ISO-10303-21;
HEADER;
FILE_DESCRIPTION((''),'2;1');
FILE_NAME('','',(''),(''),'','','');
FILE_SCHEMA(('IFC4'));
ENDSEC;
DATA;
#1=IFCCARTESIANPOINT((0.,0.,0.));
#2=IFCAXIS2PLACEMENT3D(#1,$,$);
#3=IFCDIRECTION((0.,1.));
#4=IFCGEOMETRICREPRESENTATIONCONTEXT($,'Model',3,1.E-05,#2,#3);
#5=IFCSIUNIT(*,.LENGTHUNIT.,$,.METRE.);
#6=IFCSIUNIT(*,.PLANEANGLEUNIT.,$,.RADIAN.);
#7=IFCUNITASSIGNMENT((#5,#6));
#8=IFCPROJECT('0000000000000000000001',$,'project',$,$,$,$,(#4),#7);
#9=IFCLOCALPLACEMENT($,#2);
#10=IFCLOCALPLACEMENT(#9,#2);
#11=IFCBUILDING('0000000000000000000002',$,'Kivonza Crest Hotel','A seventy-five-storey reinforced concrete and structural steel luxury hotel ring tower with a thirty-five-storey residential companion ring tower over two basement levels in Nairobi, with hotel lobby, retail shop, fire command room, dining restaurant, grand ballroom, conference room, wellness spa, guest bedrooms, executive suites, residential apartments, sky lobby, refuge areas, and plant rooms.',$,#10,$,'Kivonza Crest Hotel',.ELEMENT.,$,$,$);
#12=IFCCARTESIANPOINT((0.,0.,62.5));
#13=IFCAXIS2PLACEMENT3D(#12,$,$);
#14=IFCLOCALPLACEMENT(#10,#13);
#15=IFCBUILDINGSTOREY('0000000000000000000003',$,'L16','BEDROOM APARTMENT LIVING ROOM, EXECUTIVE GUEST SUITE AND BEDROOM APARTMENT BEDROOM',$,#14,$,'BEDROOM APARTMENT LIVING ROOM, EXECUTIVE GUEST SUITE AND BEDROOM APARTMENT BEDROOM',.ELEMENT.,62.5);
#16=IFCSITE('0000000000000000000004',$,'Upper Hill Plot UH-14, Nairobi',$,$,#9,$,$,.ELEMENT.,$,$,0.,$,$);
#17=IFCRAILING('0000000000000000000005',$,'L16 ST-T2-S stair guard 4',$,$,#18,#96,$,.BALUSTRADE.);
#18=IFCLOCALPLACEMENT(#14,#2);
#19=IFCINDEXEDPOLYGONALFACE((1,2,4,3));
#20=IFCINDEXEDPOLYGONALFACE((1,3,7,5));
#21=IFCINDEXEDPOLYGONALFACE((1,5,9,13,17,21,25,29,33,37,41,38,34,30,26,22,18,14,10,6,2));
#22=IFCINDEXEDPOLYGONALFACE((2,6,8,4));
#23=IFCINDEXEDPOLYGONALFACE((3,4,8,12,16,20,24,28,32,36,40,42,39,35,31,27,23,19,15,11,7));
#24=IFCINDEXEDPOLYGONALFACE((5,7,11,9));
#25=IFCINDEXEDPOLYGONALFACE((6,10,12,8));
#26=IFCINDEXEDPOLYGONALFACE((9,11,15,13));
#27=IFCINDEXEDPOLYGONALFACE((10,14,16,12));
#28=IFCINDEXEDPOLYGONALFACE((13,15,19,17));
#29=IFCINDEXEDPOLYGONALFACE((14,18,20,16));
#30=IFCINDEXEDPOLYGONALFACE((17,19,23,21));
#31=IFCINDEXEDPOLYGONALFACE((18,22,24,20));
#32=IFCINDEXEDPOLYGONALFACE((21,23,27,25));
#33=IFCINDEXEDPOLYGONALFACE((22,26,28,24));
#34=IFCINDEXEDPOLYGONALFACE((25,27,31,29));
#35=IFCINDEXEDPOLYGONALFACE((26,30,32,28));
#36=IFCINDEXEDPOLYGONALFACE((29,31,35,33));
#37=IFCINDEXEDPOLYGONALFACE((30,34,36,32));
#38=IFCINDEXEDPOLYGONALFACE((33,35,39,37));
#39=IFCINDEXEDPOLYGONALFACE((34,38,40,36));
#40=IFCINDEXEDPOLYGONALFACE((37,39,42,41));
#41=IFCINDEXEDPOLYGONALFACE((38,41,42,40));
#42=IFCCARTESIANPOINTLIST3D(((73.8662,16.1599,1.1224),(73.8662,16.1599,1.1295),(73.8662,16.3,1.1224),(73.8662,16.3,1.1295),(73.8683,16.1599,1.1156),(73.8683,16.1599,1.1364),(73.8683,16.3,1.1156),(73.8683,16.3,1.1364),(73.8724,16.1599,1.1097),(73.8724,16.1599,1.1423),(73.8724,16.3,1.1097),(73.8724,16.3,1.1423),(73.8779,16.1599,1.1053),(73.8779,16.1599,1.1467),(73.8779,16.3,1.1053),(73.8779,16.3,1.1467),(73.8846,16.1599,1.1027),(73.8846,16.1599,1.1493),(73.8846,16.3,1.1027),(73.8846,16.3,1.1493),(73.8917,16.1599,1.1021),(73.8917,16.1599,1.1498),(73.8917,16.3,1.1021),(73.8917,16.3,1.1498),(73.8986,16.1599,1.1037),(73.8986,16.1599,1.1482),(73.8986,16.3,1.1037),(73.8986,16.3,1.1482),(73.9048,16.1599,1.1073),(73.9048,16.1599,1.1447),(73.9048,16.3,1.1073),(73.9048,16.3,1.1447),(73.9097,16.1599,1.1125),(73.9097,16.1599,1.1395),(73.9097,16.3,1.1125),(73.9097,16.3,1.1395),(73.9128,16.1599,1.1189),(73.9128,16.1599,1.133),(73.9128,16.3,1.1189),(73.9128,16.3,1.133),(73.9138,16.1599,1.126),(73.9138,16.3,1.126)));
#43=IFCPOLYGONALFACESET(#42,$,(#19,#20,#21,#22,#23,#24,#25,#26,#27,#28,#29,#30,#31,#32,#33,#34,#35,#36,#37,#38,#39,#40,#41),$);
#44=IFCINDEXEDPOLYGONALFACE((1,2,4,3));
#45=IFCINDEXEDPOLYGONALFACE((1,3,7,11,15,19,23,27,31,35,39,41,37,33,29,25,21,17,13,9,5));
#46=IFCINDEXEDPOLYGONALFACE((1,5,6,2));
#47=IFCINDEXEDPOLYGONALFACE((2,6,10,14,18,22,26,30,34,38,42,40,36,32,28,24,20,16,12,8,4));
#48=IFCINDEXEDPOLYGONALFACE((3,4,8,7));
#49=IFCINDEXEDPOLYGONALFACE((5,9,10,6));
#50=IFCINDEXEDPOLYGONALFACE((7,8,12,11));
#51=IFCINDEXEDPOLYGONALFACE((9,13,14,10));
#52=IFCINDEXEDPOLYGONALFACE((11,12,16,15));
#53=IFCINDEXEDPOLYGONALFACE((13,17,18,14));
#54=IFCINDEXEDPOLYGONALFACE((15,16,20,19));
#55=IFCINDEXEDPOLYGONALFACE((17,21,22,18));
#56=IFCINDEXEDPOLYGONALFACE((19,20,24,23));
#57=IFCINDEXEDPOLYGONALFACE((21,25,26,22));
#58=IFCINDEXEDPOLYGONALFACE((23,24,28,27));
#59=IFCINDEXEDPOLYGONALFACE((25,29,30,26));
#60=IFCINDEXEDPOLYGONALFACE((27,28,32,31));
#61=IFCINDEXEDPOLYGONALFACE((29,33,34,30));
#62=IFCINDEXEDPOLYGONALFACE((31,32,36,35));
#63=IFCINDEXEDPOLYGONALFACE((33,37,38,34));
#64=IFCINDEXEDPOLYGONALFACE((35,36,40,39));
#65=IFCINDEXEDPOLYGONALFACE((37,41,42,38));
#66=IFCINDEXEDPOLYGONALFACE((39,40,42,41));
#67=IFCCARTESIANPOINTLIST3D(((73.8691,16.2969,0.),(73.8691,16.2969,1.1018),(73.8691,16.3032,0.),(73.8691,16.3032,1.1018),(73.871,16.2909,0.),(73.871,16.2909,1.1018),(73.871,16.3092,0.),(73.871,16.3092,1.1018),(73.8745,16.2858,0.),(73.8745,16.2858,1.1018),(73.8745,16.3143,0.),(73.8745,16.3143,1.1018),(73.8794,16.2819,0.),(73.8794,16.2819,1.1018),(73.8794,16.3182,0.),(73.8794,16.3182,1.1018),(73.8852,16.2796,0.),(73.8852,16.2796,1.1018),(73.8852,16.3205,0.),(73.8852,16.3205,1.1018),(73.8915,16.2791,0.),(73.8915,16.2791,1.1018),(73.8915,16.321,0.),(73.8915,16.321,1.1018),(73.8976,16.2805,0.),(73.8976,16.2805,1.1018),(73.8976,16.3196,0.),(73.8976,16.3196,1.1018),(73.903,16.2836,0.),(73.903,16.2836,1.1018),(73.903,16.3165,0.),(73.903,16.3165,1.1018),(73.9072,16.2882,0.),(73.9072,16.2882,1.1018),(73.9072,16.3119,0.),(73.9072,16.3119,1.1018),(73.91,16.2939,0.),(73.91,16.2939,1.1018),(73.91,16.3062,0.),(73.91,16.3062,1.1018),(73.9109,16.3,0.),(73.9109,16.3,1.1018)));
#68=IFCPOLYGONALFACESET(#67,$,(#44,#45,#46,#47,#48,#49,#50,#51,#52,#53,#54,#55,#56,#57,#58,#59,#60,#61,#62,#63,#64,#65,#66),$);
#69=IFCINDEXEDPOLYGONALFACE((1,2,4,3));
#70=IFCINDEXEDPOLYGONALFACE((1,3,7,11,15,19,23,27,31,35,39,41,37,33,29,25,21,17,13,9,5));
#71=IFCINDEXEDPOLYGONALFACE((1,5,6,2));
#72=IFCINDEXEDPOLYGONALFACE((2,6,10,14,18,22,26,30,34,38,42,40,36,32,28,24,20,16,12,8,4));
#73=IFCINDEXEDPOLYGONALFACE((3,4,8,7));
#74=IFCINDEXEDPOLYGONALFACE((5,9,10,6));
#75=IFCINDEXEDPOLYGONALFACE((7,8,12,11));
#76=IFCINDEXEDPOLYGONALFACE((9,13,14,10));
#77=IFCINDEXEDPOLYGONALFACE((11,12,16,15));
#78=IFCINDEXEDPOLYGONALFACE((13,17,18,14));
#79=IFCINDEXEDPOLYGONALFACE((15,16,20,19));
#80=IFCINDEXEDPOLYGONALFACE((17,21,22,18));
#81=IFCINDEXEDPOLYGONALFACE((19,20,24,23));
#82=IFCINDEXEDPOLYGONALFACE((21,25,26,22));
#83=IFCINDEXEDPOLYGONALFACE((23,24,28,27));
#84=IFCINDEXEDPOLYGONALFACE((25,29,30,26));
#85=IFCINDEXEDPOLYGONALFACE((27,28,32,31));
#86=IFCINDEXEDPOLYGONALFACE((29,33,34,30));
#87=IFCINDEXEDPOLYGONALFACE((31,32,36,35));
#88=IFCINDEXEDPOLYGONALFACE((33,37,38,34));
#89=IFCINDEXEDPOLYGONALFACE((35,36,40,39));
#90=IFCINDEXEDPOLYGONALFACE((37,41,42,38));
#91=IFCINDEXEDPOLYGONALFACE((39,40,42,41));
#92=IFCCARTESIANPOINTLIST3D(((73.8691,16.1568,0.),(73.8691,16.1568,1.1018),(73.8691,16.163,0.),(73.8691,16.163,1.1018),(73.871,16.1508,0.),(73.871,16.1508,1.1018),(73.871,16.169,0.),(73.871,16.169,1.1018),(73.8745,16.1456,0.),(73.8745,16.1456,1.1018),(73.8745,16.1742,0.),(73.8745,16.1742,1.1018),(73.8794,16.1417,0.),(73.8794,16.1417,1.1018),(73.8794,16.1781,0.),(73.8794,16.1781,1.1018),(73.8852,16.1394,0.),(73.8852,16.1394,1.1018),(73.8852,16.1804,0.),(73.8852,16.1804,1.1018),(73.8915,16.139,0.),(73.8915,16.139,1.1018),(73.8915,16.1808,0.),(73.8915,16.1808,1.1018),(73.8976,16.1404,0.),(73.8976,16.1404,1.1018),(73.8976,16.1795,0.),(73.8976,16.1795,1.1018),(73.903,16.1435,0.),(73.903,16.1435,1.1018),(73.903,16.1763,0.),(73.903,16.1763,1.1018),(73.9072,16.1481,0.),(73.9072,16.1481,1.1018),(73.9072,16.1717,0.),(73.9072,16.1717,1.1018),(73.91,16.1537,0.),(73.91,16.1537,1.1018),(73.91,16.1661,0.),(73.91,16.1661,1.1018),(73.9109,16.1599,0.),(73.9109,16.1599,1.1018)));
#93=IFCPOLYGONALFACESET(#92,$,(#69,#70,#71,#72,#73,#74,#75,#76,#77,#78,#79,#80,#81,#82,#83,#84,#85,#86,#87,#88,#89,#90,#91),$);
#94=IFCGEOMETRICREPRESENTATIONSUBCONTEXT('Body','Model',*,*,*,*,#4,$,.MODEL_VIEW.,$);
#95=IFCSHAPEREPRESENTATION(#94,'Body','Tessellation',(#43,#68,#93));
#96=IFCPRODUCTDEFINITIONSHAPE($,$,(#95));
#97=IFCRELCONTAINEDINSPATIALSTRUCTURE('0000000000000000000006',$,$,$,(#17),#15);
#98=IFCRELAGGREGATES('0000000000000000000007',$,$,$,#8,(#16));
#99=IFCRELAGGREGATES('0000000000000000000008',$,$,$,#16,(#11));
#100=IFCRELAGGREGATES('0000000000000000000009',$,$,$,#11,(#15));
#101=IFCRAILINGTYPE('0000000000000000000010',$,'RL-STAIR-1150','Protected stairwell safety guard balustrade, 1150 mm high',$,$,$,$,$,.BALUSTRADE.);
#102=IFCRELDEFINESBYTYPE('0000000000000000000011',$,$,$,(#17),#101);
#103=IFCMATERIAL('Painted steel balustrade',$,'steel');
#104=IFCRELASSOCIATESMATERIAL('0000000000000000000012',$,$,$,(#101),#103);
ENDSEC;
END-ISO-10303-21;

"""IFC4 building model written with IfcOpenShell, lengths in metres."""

from ifc_helpers import new_model, si_unit, direction, frame, origin, origin_2d, place, context, subcontext, project, spatial, circle, extrude, material, type_object, element, save


model = new_model("IFC4")

# Units and contexts
model_context = context("Model", 3, precision=1e-05, world=origin(), true_north=direction((0.0, 1.0)))
body_context = subcontext(model_context, "Body", "Model", "MODEL_VIEW")
ifc_project = project(units=[si_unit("LENGTHUNIT", "METRE"), si_unit("PLANEANGLEUNIT", "RADIAN")], contexts=[model_context])

# Site, building, storey
site_placement = place(None, origin())
site = spatial("IfcSite", under=ifc_project, at=site_placement, Name="Upper Hill Plot UH-14, Nairobi", CompositionType="ELEMENT", RefElevation=0.0)
building_placement = place(site_placement, origin())
building = spatial("IfcBuilding", under=site, at=building_placement, Name="Kivonza Crest Hotel", Description="A seventy-five-storey reinforced concrete and structural steel luxury hotel ring tower with a thirty-five-storey residential companion ring tower over two basement levels in Nairobi, with hotel lobby, retail shop, fire command room, dining restaurant, grand ballroom, conference room, wellness spa, guest bedrooms, executive suites, residential apartments, sky lobby, refuge areas, and plant rooms.", LongName="Kivonza Crest Hotel", CompositionType="ELEMENT")
storey_placement = place(building_placement, frame((0.0, 0.0, 62.5)))
storey = spatial("IfcBuildingStorey", under=building, at=storey_placement, Name="L16", Description="BEDROOM APARTMENT LIVING ROOM, EXECUTIVE GUEST SUITE AND BEDROOM APARTMENT BEDROOM", LongName="BEDROOM APARTMENT LIVING ROOM, EXECUTIVE GUEST SUITE AND BEDROOM APARTMENT BEDROOM", CompositionType="ELEMENT", Elevation=62.5)

# Railing
ifc_material_1 = material(Name="Painted steel balustrade", Category="steel")
railing_type_1 = type_object("IfcRailingType", Name="RL-STAIR-1150", Description="Protected stairwell safety guard balustrade, 1150 mm high", PredefinedType="BALUSTRADE", material=ifc_material_1)
railing_1_placement = place(storey_placement, frame((73.8899, 16.3, 0.0)))
element("IfcRailing", 1, at=railing_1_placement, inside=storey, type_object=railing_type_1, Name="L16 ST-T2-S stair guard 4", PredefinedType="BALUSTRADE", context=body_context, shape_type="SweptSolid", body=[
    extrude(circle(Radius=0.0239, at=origin_2d()), frame((0.0, 0.0, 1.126), z_axis=(0.0, -1.0, 0.0), x_axis=(1.0, 0.0, 0.0)), (0.0, 0.0, 1.0), 0.1401),
    extrude(circle(Radius=0.021, at=origin_2d()), origin(), (0.0, 0.0, 1.0), 1.1018),
    extrude(circle(Radius=0.021, at=origin_2d()), frame((0.0, -0.1401, 0.0)), (0.0, 0.0, 1.0), 1.1018),
])

save(model, "model.ifc")
